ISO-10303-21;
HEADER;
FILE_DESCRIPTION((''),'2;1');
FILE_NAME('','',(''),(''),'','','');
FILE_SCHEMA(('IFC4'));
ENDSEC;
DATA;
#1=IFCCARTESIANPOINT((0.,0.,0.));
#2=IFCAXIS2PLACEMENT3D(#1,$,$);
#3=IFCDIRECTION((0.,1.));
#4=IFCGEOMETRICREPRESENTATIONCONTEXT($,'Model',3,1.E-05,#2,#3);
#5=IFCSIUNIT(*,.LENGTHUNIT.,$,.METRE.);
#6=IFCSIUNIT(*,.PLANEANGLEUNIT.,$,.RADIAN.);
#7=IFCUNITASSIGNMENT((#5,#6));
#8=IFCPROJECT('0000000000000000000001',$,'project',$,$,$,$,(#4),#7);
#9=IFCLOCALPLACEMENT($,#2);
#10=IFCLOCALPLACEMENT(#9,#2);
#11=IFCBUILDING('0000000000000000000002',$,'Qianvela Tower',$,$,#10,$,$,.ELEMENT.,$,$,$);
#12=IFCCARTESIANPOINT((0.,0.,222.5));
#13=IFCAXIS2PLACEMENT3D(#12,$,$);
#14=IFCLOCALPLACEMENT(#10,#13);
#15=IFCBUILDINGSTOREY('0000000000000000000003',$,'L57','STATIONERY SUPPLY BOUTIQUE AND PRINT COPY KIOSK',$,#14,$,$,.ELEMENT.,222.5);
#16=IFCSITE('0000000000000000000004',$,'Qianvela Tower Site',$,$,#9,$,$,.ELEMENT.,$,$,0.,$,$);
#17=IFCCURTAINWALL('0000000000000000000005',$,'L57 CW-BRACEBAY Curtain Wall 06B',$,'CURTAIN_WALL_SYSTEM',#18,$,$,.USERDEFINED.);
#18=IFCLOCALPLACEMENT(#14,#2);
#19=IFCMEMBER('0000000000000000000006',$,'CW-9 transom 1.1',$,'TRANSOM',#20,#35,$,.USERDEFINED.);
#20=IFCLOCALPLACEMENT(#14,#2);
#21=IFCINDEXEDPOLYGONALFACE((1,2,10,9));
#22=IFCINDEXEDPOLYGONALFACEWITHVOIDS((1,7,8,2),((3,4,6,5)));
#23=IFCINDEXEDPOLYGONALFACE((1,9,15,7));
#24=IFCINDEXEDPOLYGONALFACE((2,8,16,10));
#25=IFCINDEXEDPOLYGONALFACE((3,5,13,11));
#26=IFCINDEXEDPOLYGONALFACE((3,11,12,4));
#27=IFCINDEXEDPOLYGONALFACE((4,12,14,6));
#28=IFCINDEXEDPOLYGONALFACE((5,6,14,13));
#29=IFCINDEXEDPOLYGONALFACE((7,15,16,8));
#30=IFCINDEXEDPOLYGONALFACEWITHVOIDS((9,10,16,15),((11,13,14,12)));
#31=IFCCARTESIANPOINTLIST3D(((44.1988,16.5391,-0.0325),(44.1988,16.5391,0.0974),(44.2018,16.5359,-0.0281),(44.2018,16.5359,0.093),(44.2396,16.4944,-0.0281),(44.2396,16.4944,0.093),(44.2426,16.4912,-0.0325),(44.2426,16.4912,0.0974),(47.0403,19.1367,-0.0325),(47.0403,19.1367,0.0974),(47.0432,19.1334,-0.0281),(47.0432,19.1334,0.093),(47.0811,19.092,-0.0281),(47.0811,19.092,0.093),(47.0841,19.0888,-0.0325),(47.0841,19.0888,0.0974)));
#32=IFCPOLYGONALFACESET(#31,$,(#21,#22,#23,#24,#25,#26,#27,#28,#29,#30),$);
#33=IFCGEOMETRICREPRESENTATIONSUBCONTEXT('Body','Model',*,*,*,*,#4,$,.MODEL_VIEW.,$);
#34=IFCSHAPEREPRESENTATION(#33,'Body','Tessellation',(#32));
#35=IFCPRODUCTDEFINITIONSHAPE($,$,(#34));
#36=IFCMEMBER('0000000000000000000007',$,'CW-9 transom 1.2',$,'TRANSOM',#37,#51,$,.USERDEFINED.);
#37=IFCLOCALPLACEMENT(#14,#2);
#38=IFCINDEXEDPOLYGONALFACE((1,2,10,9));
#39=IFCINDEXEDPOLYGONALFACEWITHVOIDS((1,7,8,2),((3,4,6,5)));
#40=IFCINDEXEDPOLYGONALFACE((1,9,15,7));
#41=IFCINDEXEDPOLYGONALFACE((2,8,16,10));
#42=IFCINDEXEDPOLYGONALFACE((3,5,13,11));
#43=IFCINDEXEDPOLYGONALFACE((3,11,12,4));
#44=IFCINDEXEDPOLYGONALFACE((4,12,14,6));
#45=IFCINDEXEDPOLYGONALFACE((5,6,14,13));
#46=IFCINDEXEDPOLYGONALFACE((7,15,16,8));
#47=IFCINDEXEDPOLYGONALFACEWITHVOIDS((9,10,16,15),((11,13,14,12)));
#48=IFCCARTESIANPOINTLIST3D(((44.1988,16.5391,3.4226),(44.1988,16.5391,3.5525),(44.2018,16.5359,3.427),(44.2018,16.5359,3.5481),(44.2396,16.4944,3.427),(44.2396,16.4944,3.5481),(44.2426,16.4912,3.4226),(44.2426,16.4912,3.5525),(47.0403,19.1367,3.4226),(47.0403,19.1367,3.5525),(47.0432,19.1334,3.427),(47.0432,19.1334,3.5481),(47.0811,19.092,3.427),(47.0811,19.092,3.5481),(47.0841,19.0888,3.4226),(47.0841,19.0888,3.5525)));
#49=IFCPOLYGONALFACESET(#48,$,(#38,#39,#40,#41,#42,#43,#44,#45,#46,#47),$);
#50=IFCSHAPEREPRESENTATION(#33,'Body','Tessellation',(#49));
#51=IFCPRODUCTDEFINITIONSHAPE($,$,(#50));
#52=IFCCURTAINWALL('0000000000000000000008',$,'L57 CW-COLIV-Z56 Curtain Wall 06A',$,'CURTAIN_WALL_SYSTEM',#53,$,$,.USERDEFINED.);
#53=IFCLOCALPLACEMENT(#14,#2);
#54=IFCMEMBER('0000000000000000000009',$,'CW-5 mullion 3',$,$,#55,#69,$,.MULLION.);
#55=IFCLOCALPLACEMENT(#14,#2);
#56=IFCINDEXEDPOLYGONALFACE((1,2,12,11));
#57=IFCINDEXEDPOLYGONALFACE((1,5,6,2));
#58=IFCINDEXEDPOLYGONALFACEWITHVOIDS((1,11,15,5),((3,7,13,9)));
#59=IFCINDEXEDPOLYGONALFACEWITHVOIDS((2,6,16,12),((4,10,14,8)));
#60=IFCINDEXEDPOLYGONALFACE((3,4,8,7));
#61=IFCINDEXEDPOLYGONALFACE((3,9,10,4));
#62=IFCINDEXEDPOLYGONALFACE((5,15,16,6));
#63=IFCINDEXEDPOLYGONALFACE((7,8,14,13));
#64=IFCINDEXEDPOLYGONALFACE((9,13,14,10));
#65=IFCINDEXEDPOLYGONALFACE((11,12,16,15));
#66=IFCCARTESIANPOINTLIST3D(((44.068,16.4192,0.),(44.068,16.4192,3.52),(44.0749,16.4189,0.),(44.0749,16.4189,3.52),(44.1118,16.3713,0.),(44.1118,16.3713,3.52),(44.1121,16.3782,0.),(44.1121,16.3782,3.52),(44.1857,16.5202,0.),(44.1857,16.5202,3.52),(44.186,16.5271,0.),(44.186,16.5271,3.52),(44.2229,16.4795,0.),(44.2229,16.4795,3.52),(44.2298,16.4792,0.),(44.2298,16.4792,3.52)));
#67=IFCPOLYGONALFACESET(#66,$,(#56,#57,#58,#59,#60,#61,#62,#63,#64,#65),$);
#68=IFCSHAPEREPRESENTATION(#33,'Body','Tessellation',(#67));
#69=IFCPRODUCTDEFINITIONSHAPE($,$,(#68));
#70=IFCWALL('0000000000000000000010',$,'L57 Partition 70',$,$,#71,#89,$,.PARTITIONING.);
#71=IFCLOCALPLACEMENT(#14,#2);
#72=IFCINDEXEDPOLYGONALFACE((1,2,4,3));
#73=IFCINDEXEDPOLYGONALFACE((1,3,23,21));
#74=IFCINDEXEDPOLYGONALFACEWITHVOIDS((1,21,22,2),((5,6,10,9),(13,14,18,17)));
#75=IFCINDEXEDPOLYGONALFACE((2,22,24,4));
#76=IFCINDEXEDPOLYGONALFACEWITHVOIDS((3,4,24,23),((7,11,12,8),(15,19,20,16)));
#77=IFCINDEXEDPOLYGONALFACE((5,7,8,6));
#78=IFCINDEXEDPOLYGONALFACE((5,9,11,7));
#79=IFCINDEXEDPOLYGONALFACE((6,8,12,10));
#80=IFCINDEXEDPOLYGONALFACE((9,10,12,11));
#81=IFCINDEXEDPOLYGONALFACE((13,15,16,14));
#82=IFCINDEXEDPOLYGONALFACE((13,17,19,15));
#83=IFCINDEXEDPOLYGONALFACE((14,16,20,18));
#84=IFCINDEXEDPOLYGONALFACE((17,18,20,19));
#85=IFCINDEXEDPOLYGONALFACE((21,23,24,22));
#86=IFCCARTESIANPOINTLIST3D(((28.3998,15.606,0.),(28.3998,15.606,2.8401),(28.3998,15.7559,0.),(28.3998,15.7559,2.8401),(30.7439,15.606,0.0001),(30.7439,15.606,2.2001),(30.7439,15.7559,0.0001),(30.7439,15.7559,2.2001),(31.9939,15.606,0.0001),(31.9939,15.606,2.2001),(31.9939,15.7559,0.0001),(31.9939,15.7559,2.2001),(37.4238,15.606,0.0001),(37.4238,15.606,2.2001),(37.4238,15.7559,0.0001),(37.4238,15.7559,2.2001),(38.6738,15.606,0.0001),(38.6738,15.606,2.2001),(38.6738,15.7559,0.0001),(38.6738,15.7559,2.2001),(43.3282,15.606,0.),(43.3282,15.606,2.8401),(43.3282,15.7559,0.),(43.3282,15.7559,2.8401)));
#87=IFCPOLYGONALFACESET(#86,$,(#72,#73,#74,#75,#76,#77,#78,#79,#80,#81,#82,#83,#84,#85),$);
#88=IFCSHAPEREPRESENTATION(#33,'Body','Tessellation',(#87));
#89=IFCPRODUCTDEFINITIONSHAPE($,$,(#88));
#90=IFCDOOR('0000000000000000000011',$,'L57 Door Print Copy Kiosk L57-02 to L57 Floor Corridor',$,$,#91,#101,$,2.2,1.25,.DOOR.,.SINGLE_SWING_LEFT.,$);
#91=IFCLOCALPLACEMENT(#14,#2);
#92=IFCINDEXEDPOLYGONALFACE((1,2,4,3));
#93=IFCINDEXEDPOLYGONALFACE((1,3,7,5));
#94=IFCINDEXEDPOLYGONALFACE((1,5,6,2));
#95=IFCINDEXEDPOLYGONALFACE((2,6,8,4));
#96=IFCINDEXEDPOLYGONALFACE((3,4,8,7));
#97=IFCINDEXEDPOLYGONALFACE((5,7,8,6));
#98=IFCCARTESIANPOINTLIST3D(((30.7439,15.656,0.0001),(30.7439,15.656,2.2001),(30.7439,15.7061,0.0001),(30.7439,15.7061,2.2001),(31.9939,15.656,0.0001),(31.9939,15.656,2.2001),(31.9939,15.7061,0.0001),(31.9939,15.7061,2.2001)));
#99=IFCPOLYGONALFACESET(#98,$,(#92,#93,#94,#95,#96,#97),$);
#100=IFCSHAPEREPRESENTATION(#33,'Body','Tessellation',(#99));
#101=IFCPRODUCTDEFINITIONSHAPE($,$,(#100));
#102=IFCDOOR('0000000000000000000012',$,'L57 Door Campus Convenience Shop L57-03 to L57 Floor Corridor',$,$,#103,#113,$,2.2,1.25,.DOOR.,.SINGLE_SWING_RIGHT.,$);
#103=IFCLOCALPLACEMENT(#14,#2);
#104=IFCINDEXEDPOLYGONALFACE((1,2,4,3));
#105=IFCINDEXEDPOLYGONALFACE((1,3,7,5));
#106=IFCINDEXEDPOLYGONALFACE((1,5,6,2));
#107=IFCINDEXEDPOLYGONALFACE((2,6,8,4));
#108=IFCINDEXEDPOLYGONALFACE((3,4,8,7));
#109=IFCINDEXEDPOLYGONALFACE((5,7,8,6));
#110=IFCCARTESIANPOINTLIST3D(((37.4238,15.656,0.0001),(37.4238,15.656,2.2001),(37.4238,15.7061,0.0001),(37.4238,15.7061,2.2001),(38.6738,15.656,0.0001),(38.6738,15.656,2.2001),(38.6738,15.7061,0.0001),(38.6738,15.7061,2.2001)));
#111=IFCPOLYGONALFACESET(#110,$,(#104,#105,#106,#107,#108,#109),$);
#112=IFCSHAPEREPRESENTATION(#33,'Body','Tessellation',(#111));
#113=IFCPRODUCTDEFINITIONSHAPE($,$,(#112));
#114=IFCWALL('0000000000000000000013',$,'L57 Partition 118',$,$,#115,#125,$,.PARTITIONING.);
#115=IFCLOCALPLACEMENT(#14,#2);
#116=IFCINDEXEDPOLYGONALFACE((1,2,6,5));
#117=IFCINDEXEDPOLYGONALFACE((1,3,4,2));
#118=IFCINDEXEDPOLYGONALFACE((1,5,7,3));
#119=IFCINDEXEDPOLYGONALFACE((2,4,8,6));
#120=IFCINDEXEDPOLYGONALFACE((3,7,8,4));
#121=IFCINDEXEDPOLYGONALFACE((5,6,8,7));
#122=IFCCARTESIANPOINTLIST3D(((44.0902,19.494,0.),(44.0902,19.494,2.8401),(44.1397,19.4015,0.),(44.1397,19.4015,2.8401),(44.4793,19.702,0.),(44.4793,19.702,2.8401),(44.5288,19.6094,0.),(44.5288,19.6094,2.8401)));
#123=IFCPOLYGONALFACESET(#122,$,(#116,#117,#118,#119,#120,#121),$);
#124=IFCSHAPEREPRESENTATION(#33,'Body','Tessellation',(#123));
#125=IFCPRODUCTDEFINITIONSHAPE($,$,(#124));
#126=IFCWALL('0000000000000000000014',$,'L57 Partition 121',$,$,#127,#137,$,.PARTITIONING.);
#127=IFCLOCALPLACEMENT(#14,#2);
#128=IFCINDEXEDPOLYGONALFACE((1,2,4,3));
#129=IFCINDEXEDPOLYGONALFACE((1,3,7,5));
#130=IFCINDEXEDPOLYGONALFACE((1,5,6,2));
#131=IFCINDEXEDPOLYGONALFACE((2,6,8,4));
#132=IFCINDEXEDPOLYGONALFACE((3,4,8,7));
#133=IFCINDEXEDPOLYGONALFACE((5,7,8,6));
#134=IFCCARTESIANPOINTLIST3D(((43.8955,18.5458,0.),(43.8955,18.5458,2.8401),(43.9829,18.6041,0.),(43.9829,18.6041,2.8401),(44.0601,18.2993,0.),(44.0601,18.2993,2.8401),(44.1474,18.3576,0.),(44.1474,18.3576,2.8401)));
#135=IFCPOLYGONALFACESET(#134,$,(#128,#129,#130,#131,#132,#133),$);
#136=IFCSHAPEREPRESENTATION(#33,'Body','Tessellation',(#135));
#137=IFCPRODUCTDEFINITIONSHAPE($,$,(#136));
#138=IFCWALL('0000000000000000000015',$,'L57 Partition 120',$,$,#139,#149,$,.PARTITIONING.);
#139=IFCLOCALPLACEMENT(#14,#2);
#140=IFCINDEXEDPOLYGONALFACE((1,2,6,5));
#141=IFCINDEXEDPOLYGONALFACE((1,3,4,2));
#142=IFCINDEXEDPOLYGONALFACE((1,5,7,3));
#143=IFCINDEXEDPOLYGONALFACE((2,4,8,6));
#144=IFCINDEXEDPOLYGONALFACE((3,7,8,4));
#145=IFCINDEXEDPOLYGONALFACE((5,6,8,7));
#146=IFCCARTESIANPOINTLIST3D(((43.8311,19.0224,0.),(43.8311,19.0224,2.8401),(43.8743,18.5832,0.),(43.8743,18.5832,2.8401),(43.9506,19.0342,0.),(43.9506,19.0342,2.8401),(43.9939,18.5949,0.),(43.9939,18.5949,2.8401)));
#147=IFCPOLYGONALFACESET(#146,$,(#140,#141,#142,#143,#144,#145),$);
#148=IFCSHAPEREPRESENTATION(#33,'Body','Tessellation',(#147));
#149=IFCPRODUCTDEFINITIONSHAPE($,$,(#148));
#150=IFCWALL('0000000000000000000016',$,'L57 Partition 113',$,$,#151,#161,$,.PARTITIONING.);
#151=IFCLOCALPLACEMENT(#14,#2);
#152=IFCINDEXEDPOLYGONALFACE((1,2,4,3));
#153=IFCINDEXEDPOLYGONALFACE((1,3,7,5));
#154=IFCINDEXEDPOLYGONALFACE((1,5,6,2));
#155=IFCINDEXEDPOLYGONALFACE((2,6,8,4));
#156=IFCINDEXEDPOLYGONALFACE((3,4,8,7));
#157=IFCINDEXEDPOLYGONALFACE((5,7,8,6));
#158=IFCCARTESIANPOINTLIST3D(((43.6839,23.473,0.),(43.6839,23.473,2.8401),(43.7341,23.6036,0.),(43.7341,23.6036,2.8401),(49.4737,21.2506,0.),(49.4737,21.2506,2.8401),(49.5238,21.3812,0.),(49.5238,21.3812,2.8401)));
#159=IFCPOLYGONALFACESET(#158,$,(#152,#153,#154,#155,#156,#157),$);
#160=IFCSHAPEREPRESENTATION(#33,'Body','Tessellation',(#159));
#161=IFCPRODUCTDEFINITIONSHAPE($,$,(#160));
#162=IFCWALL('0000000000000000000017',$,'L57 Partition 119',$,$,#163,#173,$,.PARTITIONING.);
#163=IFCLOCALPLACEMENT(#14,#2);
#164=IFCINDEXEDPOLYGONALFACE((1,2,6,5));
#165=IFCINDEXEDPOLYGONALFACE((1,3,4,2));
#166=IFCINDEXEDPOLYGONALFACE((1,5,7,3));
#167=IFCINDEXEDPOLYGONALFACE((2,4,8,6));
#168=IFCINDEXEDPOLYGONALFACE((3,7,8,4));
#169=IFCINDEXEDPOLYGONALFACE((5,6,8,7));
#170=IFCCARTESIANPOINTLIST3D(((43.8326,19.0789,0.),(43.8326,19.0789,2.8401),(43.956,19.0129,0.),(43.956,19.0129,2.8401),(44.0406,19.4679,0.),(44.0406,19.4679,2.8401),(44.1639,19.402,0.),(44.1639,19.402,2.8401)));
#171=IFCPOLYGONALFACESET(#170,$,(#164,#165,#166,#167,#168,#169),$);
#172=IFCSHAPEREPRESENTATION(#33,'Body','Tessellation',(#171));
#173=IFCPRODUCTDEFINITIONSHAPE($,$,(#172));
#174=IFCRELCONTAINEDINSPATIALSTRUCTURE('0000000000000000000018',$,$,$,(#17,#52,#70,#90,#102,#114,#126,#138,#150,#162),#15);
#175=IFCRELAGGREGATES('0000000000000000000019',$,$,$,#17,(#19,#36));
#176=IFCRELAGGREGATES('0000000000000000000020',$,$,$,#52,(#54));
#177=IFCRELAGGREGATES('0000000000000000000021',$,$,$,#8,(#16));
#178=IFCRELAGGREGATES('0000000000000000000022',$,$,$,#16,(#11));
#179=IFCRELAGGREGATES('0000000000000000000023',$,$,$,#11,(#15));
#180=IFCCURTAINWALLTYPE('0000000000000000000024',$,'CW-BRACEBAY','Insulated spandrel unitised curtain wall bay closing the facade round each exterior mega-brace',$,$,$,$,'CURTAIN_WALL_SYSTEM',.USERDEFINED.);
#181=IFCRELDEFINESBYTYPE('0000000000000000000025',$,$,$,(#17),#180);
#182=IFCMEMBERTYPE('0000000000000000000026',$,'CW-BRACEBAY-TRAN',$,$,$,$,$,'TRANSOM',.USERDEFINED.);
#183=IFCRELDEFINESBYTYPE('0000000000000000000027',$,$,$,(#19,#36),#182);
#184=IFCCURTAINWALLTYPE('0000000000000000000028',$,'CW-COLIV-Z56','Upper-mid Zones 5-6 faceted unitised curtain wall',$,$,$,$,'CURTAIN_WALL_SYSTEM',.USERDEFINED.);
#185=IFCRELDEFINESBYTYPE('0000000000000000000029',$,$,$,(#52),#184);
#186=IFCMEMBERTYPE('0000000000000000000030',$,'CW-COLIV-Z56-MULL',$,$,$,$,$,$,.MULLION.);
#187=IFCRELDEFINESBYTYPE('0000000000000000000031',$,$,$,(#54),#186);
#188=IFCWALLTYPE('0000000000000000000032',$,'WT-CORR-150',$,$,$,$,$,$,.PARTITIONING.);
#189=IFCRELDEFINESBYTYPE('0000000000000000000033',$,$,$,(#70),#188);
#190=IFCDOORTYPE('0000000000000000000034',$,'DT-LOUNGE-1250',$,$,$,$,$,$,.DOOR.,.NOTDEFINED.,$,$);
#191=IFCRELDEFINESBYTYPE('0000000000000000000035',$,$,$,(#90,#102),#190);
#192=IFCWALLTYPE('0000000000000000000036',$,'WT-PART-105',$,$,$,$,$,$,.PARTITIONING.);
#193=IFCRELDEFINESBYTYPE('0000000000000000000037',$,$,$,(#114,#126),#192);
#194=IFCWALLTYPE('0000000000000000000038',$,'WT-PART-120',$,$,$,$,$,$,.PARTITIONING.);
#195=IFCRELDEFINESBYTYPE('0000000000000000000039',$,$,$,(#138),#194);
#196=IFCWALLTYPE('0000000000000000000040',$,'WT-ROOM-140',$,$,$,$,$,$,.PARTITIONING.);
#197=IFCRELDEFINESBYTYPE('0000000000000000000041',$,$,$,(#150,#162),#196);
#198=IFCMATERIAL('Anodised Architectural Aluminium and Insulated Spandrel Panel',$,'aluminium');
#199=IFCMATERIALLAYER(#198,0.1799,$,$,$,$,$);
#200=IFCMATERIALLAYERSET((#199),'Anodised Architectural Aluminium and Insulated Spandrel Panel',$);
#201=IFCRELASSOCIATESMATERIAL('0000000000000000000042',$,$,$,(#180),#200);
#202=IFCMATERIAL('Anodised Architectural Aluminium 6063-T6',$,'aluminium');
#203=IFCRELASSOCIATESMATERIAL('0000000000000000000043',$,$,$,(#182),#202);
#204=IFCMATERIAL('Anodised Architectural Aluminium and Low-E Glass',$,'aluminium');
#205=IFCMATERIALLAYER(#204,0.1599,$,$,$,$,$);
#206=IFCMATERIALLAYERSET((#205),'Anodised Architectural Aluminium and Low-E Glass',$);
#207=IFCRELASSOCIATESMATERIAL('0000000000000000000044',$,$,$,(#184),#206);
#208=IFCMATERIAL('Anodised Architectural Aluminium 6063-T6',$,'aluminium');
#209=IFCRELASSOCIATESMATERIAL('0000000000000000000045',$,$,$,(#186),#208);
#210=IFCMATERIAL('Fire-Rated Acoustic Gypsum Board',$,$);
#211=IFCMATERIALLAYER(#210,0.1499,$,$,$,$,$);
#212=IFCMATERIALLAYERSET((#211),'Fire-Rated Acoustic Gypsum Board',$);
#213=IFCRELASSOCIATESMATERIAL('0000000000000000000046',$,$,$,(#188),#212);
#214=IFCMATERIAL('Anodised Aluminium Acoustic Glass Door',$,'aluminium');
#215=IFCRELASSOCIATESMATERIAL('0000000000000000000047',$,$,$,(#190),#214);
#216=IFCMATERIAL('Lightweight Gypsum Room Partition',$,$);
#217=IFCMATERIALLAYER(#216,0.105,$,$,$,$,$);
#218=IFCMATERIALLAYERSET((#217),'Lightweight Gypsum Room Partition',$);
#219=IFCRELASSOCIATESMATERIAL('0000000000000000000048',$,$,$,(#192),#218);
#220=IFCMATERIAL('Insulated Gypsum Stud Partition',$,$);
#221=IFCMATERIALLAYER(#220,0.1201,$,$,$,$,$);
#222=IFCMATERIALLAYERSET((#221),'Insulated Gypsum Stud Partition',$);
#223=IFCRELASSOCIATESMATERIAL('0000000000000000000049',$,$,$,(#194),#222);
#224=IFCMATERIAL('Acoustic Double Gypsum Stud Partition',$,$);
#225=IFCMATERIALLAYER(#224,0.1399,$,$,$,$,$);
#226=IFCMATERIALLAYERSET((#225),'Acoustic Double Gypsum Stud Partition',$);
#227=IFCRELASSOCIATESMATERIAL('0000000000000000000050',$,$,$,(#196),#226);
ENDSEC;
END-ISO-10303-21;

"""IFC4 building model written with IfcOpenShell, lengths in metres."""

from ifc_helpers import new_model, si_unit, direction, frame, frame_2d, origin, origin_2d, place, context, subcontext, project, spatial, rectangle, hollow_rectangle, extrude, material, layer, layer_set, material_profile, profile_set, type_object, element, fill, aggregate, save


model = new_model("IFC4")

# Units and contexts
model_context = context("Model", 3, precision=1e-05, world=origin(), true_north=direction((0.0, 1.0)))
body_context = subcontext(model_context, "Body", "Model", "MODEL_VIEW")
ifc_project = project(units=[si_unit("LENGTHUNIT", "METRE"), si_unit("PLANEANGLEUNIT", "RADIAN")], contexts=[model_context])

# Site, building, storey
site_placement = place(None, origin())
site = spatial("IfcSite", under=ifc_project, at=site_placement, Name="Qianvela Tower Site", CompositionType="ELEMENT", RefElevation=0.0)
building_placement = place(site_placement, origin())
building = spatial("IfcBuilding", under=site, at=building_placement, Name="Qianvela Tower", CompositionType="ELEMENT")
storey_placement = place(building_placement, frame((0.0, 0.0, 222.5)))
storey = spatial("IfcBuildingStorey", under=building, at=storey_placement, Name="L57", Description="STATIONERY SUPPLY BOUTIQUE AND PRINT COPY KIOSK", CompositionType="ELEMENT", Elevation=222.5)

# Curtain wall, members
ifc_material_1 = material(Name="Anodised Architectural Aluminium and Insulated Spandrel Panel", Category="aluminium")
ifc_layer_1 = layer(ifc_material_1, 0.1799)
ifc_layer_set_1 = layer_set([ifc_layer_1], Name="Anodised Architectural Aluminium and Insulated Spandrel Panel")
curtain_wall_type_1 = type_object("IfcCurtainWallType", Name="CW-BRACEBAY", Description="Insulated spandrel unitised curtain wall bay closing the facade round each exterior mega-brace", ElementType="CURTAIN_WALL_SYSTEM", PredefinedType="USERDEFINED", material=ifc_layer_set_1)
curtain_wall_1_placement = place(storey_placement, origin())
curtain_wall_1 = element("IfcCurtainWall", 1, at=curtain_wall_1_placement, inside=storey, type_object=curtain_wall_type_1, Name="L57 CW-BRACEBAY Curtain Wall 06B", ObjectType="CURTAIN_WALL_SYSTEM", PredefinedType="USERDEFINED")
ifc_material_2 = material(Name="Anodised Architectural Aluminium 6063-T6", Category="aluminium")
ifc_material_profile_1 = material_profile(ifc_material_2, hollow_rectangle(XDim=0.0649, YDim=0.1299, WallThickness=0.0044, at=origin_2d()), Name="ALU-TRAN-65x130")
ifc_profile_set_1 = profile_set([ifc_material_profile_1], Name="Anodised Architectural Aluminium 6063-T6")
member_type_1 = type_object("IfcMemberType", Name="CW-BRACEBAY-TRAN", ElementType="TRANSOM", PredefinedType="USERDEFINED", material=ifc_profile_set_1)
member_1_placement = place(storey_placement, frame((44.2207, 16.5151, 0.0325), z_axis=(0.738072, 0.674722, 0.0), x_axis=(-0.674722, 0.738072, 0.0)))
member_1 = element("IfcMember", 2, at=member_1_placement, type_object=member_type_1, Name="CW-9 transom 1.1", ObjectType="TRANSOM", PredefinedType="USERDEFINED", context=body_context, shape_type="SweptSolid", body=[
    extrude(hollow_rectangle(XDim=0.0649, YDim=0.1299, WallThickness=0.0044, at=origin_2d()), origin(), (0.0, 0.0, 1.0), 3.8499),
])
member_2_placement = place(storey_placement, frame((44.2207, 16.5151, 3.4875), z_axis=(0.738072, 0.674722, 0.0), x_axis=(-0.674722, 0.738072, 0.0)))
member_2 = element("IfcMember", 3, at=member_2_placement, type_object=member_type_1, Name="CW-9 transom 1.2", ObjectType="TRANSOM", PredefinedType="USERDEFINED", context=body_context, shape_type="SweptSolid", body=[
    extrude(hollow_rectangle(XDim=0.0649, YDim=0.1299, WallThickness=0.0044, at=origin_2d()), origin(), (0.0, 0.0, 1.0), 3.8499),
])
aggregate(curtain_wall_1, [member_1, member_2])

# Curtain wall, member
ifc_material_3 = material(Name="Anodised Architectural Aluminium and Low-E Glass", Category="aluminium")
ifc_layer_2 = layer(ifc_material_3, 0.1599)
ifc_layer_set_2 = layer_set([ifc_layer_2], Name="Anodised Architectural Aluminium and Low-E Glass")
curtain_wall_type_2 = type_object("IfcCurtainWallType", Name="CW-COLIV-Z56", Description="Upper-mid Zones 5-6 faceted unitised curtain wall", ElementType="CURTAIN_WALL_SYSTEM", PredefinedType="USERDEFINED", material=ifc_layer_set_2)
curtain_wall_2_placement = place(storey_placement, origin())
curtain_wall_2 = element("IfcCurtainWall", 4, at=curtain_wall_2_placement, inside=storey, type_object=curtain_wall_type_2, Name="L57 CW-COLIV-Z56 Curtain Wall 06A", ObjectType="CURTAIN_WALL_SYSTEM", PredefinedType="USERDEFINED")
ifc_material_4 = material(Name="Anodised Architectural Aluminium 6063-T6", Category="aluminium")
ifc_material_profile_2 = material_profile(ifc_material_4, hollow_rectangle(XDim=0.0649, YDim=0.1599, WallThickness=0.0049, at=origin_2d()), Name="ALU-MULL-65x160")
ifc_profile_set_2 = profile_set([ifc_material_profile_2], Name="Anodised Architectural Aluminium 6063-T6")
member_type_2 = type_object("IfcMemberType", Name="CW-COLIV-Z56-MULL", PredefinedType="MULLION", material=ifc_profile_set_2)
member_3_placement = place(storey_placement, frame((44.1489, 16.4492, 0.0), z_axis=(0.0, 0.0, 1.0), x_axis=(-0.674728, 0.738066, 0.0)))
member_3 = element("IfcMember", 5, at=member_3_placement, type_object=member_type_2, Name="CW-5 mullion 3", PredefinedType="MULLION", context=body_context, shape_type="SweptSolid", body=[
    extrude(hollow_rectangle(XDim=0.0649, YDim=0.1599, WallThickness=0.0049, at=origin_2d()), origin(), (0.0, 0.0, 1.0), 3.52),
])
aggregate(curtain_wall_2, [member_3])

# Shared definitions
ifc_material_5 = material(Name="Fire-Rated Acoustic Gypsum Board")
ifc_layer_3 = layer(ifc_material_5, 0.1499)
ifc_layer_set_3 = layer_set([ifc_layer_3], Name="Fire-Rated Acoustic Gypsum Board")
wall_type_1 = type_object("IfcWallType", Name="WT-CORR-150", PredefinedType="PARTITIONING", material=ifc_layer_set_3)

# Wall, openings, doors
wall_1_placement = place(storey_placement, frame((43.3284, 15.6809, 0.0), z_axis=(0.0, 0.0, 1.0), x_axis=(-1.0, 0.0, 0.0)))
wall_1 = element("IfcWall", 6, at=wall_1_placement, inside=storey, type_object=wall_type_1, Name="L57 Partition 70", PredefinedType="PARTITIONING", context=body_context, shape_type="SweptSolid", body=[
    extrude(rectangle(XDim=14.9285, YDim=0.1499, at=frame_2d((7.4644, 0.0))), origin(), (0.0, 0.0, 1.0), 2.8401),
])
opening_1_placement = place(wall_1_placement, frame((11.3345, 0.0, 0.0)))
opening_1 = element("IfcOpeningElement", 7, at=opening_1_placement, cuts=wall_1, PredefinedType="OPENING", context=body_context, shape_type="SweptSolid", body=[
    extrude(rectangle(XDim=1.25, YDim=2.2, at=frame_2d((0.625, 1.1001))), frame((0.0, 0.085, 0.0), z_axis=(0.0, -1.0, 0.0), x_axis=(1.0, 0.0, 0.0)), (0.0, 0.0, 1.0), 0.1699),
])
opening_2_placement = place(wall_1_placement, frame((4.6545, 0.0, 0.0)))
opening_2 = element("IfcOpeningElement", 8, at=opening_2_placement, cuts=wall_1, PredefinedType="OPENING", context=body_context, shape_type="SweptSolid", body=[
    extrude(rectangle(XDim=1.25, YDim=2.2, at=frame_2d((0.625, 1.1001))), frame((0.0, 0.085, 0.0), z_axis=(0.0, -1.0, 0.0), x_axis=(1.0, 0.0, 0.0)), (0.0, 0.0, 1.0), 0.1699),
])
ifc_material_6 = material(Name="Anodised Aluminium Acoustic Glass Door", Category="aluminium")
door_type_1 = type_object("IfcDoorType", Name="DT-LOUNGE-1250", OperationType="NOTDEFINED", PredefinedType="DOOR", material=ifc_material_6)
door_1_placement = place(opening_1_placement, origin())
door_1 = element("IfcDoor", 9, at=door_1_placement, inside=storey, type_object=door_type_1, Name="L57 Door Print Copy Kiosk L57-02 to L57 Floor Corridor", OperationType="SINGLE_SWING_LEFT", OverallHeight=2.2, OverallWidth=1.25, PredefinedType="DOOR", context=body_context, shape_type="SweptSolid", body=[
    extrude(rectangle(XDim=1.25, YDim=2.2, at=frame_2d((0.625, 1.1001))), frame((0.0, 0.0249, 0.0), z_axis=(0.0, -1.0, 0.0), x_axis=(1.0, 0.0, 0.0)), (0.0, 0.0, 1.0), 0.05),
])
fill(opening_1, door_1)
door_2_placement = place(opening_2_placement, origin())
door_2 = element("IfcDoor", 10, at=door_2_placement, inside=storey, type_object=door_type_1, Name="L57 Door Campus Convenience Shop L57-03 to L57 Floor Corridor", OperationType="SINGLE_SWING_RIGHT", OverallHeight=2.2, OverallWidth=1.25, PredefinedType="DOOR", context=body_context, shape_type="SweptSolid", body=[
    extrude(rectangle(XDim=1.25, YDim=2.2, at=frame_2d((0.625, 1.1001))), frame((0.0, 0.0249, 0.0), z_axis=(0.0, -1.0, 0.0), x_axis=(1.0, 0.0, 0.0)), (0.0, 0.0, 1.0), 0.05),
])
fill(opening_2, door_2)

# Walls
ifc_material_7 = material(Name="Lightweight Gypsum Room Partition")
ifc_layer_4 = layer(ifc_material_7, 0.105)
ifc_layer_set_4 = layer_set([ifc_layer_4], Name="Lightweight Gypsum Room Partition")
wall_type_2 = type_object("IfcWallType", Name="WT-PART-105", PredefinedType="PARTITIONING", material=ifc_layer_set_4)
wall_2_placement = place(storey_placement, frame((44.5042, 19.6558, 0.0), z_axis=(0.0, 0.0, 1.0), x_axis=(-0.881924, -0.471392, 0.0)))
element("IfcWall", 11, at=wall_2_placement, inside=storey, type_object=wall_type_2, Name="L57 Partition 118", PredefinedType="PARTITIONING", context=body_context, shape_type="SweptSolid", body=[
    extrude(rectangle(XDim=0.4412, YDim=0.105, at=frame_2d((0.2207, 0.0))), origin(), (0.0, 0.0, 1.0), 2.8401),
])
wall_3_placement = place(storey_placement, frame((43.9392, 18.575, 0.0), z_axis=(0.0, 0.0, 1.0), x_axis=(0.55508, -0.831797, 0.0)))
element("IfcWall", 12, at=wall_3_placement, inside=storey, type_object=wall_type_2, Name="L57 Partition 121", PredefinedType="PARTITIONING", context=body_context, shape_type="SweptSolid", body=[
    extrude(rectangle(XDim=0.2964, YDim=0.105, at=frame_2d((0.1482, 0.0))), origin(), (0.0, 0.0, 1.0), 2.8401),
])
ifc_material_8 = material(Name="Insulated Gypsum Stud Partition")
ifc_layer_5 = layer(ifc_material_8, 0.1201)
ifc_layer_set_5 = layer_set([ifc_layer_5], Name="Insulated Gypsum Stud Partition")
wall_type_3 = type_object("IfcWallType", Name="WT-PART-120", PredefinedType="PARTITIONING", material=ifc_layer_set_5)
wall_4_placement = place(storey_placement, frame((43.8909, 19.0283, 0.0), z_axis=(0.0, 0.0, 1.0), x_axis=(0.097915, -0.995195, 0.0)))
element("IfcWall", 13, at=wall_4_placement, inside=storey, type_object=wall_type_3, Name="L57 Partition 120", PredefinedType="PARTITIONING", context=body_context, shape_type="SweptSolid", body=[
    extrude(rectangle(XDim=0.4414, YDim=0.1201, at=frame_2d((0.2207, 0.0))), origin(), (0.0, 0.0, 1.0), 2.8401),
])
ifc_material_9 = material(Name="Acoustic Double Gypsum Stud Partition")
ifc_layer_6 = layer(ifc_material_9, 0.1399)
ifc_layer_set_6 = layer_set([ifc_layer_6], Name="Acoustic Double Gypsum Stud Partition")
wall_type_4 = type_object("IfcWallType", Name="WT-ROOM-140", PredefinedType="PARTITIONING", material=ifc_layer_set_6)
wall_5_placement = place(storey_placement, frame((43.709, 23.5383, 0.0), z_axis=(0.0, 0.0, 1.0), x_axis=(0.933585, -0.358356, 0.0)))
element("IfcWall", 14, at=wall_5_placement, inside=storey, type_object=wall_type_4, Name="L57 Partition 113", PredefinedType="PARTITIONING", context=body_context, shape_type="SweptSolid", body=[
    extrude(rectangle(XDim=6.2017, YDim=0.1399, at=frame_2d((3.1008, 0.0))), origin(), (0.0, 0.0, 1.0), 2.8401),
])
wall_6_placement = place(storey_placement, frame((44.1023, 19.4351, 0.0), z_axis=(0.0, 0.0, 1.0), x_axis=(-0.471392, -0.881924, 0.0)))
element("IfcWall", 15, at=wall_6_placement, inside=storey, type_object=wall_type_4, Name="L57 Partition 119", PredefinedType="PARTITIONING", context=body_context, shape_type="SweptSolid", body=[
    extrude(rectangle(XDim=0.4412, YDim=0.1399, at=frame_2d((0.2207, 0.0))), origin(), (0.0, 0.0, 1.0), 2.8401),
])

save(model, "model.ifc")
